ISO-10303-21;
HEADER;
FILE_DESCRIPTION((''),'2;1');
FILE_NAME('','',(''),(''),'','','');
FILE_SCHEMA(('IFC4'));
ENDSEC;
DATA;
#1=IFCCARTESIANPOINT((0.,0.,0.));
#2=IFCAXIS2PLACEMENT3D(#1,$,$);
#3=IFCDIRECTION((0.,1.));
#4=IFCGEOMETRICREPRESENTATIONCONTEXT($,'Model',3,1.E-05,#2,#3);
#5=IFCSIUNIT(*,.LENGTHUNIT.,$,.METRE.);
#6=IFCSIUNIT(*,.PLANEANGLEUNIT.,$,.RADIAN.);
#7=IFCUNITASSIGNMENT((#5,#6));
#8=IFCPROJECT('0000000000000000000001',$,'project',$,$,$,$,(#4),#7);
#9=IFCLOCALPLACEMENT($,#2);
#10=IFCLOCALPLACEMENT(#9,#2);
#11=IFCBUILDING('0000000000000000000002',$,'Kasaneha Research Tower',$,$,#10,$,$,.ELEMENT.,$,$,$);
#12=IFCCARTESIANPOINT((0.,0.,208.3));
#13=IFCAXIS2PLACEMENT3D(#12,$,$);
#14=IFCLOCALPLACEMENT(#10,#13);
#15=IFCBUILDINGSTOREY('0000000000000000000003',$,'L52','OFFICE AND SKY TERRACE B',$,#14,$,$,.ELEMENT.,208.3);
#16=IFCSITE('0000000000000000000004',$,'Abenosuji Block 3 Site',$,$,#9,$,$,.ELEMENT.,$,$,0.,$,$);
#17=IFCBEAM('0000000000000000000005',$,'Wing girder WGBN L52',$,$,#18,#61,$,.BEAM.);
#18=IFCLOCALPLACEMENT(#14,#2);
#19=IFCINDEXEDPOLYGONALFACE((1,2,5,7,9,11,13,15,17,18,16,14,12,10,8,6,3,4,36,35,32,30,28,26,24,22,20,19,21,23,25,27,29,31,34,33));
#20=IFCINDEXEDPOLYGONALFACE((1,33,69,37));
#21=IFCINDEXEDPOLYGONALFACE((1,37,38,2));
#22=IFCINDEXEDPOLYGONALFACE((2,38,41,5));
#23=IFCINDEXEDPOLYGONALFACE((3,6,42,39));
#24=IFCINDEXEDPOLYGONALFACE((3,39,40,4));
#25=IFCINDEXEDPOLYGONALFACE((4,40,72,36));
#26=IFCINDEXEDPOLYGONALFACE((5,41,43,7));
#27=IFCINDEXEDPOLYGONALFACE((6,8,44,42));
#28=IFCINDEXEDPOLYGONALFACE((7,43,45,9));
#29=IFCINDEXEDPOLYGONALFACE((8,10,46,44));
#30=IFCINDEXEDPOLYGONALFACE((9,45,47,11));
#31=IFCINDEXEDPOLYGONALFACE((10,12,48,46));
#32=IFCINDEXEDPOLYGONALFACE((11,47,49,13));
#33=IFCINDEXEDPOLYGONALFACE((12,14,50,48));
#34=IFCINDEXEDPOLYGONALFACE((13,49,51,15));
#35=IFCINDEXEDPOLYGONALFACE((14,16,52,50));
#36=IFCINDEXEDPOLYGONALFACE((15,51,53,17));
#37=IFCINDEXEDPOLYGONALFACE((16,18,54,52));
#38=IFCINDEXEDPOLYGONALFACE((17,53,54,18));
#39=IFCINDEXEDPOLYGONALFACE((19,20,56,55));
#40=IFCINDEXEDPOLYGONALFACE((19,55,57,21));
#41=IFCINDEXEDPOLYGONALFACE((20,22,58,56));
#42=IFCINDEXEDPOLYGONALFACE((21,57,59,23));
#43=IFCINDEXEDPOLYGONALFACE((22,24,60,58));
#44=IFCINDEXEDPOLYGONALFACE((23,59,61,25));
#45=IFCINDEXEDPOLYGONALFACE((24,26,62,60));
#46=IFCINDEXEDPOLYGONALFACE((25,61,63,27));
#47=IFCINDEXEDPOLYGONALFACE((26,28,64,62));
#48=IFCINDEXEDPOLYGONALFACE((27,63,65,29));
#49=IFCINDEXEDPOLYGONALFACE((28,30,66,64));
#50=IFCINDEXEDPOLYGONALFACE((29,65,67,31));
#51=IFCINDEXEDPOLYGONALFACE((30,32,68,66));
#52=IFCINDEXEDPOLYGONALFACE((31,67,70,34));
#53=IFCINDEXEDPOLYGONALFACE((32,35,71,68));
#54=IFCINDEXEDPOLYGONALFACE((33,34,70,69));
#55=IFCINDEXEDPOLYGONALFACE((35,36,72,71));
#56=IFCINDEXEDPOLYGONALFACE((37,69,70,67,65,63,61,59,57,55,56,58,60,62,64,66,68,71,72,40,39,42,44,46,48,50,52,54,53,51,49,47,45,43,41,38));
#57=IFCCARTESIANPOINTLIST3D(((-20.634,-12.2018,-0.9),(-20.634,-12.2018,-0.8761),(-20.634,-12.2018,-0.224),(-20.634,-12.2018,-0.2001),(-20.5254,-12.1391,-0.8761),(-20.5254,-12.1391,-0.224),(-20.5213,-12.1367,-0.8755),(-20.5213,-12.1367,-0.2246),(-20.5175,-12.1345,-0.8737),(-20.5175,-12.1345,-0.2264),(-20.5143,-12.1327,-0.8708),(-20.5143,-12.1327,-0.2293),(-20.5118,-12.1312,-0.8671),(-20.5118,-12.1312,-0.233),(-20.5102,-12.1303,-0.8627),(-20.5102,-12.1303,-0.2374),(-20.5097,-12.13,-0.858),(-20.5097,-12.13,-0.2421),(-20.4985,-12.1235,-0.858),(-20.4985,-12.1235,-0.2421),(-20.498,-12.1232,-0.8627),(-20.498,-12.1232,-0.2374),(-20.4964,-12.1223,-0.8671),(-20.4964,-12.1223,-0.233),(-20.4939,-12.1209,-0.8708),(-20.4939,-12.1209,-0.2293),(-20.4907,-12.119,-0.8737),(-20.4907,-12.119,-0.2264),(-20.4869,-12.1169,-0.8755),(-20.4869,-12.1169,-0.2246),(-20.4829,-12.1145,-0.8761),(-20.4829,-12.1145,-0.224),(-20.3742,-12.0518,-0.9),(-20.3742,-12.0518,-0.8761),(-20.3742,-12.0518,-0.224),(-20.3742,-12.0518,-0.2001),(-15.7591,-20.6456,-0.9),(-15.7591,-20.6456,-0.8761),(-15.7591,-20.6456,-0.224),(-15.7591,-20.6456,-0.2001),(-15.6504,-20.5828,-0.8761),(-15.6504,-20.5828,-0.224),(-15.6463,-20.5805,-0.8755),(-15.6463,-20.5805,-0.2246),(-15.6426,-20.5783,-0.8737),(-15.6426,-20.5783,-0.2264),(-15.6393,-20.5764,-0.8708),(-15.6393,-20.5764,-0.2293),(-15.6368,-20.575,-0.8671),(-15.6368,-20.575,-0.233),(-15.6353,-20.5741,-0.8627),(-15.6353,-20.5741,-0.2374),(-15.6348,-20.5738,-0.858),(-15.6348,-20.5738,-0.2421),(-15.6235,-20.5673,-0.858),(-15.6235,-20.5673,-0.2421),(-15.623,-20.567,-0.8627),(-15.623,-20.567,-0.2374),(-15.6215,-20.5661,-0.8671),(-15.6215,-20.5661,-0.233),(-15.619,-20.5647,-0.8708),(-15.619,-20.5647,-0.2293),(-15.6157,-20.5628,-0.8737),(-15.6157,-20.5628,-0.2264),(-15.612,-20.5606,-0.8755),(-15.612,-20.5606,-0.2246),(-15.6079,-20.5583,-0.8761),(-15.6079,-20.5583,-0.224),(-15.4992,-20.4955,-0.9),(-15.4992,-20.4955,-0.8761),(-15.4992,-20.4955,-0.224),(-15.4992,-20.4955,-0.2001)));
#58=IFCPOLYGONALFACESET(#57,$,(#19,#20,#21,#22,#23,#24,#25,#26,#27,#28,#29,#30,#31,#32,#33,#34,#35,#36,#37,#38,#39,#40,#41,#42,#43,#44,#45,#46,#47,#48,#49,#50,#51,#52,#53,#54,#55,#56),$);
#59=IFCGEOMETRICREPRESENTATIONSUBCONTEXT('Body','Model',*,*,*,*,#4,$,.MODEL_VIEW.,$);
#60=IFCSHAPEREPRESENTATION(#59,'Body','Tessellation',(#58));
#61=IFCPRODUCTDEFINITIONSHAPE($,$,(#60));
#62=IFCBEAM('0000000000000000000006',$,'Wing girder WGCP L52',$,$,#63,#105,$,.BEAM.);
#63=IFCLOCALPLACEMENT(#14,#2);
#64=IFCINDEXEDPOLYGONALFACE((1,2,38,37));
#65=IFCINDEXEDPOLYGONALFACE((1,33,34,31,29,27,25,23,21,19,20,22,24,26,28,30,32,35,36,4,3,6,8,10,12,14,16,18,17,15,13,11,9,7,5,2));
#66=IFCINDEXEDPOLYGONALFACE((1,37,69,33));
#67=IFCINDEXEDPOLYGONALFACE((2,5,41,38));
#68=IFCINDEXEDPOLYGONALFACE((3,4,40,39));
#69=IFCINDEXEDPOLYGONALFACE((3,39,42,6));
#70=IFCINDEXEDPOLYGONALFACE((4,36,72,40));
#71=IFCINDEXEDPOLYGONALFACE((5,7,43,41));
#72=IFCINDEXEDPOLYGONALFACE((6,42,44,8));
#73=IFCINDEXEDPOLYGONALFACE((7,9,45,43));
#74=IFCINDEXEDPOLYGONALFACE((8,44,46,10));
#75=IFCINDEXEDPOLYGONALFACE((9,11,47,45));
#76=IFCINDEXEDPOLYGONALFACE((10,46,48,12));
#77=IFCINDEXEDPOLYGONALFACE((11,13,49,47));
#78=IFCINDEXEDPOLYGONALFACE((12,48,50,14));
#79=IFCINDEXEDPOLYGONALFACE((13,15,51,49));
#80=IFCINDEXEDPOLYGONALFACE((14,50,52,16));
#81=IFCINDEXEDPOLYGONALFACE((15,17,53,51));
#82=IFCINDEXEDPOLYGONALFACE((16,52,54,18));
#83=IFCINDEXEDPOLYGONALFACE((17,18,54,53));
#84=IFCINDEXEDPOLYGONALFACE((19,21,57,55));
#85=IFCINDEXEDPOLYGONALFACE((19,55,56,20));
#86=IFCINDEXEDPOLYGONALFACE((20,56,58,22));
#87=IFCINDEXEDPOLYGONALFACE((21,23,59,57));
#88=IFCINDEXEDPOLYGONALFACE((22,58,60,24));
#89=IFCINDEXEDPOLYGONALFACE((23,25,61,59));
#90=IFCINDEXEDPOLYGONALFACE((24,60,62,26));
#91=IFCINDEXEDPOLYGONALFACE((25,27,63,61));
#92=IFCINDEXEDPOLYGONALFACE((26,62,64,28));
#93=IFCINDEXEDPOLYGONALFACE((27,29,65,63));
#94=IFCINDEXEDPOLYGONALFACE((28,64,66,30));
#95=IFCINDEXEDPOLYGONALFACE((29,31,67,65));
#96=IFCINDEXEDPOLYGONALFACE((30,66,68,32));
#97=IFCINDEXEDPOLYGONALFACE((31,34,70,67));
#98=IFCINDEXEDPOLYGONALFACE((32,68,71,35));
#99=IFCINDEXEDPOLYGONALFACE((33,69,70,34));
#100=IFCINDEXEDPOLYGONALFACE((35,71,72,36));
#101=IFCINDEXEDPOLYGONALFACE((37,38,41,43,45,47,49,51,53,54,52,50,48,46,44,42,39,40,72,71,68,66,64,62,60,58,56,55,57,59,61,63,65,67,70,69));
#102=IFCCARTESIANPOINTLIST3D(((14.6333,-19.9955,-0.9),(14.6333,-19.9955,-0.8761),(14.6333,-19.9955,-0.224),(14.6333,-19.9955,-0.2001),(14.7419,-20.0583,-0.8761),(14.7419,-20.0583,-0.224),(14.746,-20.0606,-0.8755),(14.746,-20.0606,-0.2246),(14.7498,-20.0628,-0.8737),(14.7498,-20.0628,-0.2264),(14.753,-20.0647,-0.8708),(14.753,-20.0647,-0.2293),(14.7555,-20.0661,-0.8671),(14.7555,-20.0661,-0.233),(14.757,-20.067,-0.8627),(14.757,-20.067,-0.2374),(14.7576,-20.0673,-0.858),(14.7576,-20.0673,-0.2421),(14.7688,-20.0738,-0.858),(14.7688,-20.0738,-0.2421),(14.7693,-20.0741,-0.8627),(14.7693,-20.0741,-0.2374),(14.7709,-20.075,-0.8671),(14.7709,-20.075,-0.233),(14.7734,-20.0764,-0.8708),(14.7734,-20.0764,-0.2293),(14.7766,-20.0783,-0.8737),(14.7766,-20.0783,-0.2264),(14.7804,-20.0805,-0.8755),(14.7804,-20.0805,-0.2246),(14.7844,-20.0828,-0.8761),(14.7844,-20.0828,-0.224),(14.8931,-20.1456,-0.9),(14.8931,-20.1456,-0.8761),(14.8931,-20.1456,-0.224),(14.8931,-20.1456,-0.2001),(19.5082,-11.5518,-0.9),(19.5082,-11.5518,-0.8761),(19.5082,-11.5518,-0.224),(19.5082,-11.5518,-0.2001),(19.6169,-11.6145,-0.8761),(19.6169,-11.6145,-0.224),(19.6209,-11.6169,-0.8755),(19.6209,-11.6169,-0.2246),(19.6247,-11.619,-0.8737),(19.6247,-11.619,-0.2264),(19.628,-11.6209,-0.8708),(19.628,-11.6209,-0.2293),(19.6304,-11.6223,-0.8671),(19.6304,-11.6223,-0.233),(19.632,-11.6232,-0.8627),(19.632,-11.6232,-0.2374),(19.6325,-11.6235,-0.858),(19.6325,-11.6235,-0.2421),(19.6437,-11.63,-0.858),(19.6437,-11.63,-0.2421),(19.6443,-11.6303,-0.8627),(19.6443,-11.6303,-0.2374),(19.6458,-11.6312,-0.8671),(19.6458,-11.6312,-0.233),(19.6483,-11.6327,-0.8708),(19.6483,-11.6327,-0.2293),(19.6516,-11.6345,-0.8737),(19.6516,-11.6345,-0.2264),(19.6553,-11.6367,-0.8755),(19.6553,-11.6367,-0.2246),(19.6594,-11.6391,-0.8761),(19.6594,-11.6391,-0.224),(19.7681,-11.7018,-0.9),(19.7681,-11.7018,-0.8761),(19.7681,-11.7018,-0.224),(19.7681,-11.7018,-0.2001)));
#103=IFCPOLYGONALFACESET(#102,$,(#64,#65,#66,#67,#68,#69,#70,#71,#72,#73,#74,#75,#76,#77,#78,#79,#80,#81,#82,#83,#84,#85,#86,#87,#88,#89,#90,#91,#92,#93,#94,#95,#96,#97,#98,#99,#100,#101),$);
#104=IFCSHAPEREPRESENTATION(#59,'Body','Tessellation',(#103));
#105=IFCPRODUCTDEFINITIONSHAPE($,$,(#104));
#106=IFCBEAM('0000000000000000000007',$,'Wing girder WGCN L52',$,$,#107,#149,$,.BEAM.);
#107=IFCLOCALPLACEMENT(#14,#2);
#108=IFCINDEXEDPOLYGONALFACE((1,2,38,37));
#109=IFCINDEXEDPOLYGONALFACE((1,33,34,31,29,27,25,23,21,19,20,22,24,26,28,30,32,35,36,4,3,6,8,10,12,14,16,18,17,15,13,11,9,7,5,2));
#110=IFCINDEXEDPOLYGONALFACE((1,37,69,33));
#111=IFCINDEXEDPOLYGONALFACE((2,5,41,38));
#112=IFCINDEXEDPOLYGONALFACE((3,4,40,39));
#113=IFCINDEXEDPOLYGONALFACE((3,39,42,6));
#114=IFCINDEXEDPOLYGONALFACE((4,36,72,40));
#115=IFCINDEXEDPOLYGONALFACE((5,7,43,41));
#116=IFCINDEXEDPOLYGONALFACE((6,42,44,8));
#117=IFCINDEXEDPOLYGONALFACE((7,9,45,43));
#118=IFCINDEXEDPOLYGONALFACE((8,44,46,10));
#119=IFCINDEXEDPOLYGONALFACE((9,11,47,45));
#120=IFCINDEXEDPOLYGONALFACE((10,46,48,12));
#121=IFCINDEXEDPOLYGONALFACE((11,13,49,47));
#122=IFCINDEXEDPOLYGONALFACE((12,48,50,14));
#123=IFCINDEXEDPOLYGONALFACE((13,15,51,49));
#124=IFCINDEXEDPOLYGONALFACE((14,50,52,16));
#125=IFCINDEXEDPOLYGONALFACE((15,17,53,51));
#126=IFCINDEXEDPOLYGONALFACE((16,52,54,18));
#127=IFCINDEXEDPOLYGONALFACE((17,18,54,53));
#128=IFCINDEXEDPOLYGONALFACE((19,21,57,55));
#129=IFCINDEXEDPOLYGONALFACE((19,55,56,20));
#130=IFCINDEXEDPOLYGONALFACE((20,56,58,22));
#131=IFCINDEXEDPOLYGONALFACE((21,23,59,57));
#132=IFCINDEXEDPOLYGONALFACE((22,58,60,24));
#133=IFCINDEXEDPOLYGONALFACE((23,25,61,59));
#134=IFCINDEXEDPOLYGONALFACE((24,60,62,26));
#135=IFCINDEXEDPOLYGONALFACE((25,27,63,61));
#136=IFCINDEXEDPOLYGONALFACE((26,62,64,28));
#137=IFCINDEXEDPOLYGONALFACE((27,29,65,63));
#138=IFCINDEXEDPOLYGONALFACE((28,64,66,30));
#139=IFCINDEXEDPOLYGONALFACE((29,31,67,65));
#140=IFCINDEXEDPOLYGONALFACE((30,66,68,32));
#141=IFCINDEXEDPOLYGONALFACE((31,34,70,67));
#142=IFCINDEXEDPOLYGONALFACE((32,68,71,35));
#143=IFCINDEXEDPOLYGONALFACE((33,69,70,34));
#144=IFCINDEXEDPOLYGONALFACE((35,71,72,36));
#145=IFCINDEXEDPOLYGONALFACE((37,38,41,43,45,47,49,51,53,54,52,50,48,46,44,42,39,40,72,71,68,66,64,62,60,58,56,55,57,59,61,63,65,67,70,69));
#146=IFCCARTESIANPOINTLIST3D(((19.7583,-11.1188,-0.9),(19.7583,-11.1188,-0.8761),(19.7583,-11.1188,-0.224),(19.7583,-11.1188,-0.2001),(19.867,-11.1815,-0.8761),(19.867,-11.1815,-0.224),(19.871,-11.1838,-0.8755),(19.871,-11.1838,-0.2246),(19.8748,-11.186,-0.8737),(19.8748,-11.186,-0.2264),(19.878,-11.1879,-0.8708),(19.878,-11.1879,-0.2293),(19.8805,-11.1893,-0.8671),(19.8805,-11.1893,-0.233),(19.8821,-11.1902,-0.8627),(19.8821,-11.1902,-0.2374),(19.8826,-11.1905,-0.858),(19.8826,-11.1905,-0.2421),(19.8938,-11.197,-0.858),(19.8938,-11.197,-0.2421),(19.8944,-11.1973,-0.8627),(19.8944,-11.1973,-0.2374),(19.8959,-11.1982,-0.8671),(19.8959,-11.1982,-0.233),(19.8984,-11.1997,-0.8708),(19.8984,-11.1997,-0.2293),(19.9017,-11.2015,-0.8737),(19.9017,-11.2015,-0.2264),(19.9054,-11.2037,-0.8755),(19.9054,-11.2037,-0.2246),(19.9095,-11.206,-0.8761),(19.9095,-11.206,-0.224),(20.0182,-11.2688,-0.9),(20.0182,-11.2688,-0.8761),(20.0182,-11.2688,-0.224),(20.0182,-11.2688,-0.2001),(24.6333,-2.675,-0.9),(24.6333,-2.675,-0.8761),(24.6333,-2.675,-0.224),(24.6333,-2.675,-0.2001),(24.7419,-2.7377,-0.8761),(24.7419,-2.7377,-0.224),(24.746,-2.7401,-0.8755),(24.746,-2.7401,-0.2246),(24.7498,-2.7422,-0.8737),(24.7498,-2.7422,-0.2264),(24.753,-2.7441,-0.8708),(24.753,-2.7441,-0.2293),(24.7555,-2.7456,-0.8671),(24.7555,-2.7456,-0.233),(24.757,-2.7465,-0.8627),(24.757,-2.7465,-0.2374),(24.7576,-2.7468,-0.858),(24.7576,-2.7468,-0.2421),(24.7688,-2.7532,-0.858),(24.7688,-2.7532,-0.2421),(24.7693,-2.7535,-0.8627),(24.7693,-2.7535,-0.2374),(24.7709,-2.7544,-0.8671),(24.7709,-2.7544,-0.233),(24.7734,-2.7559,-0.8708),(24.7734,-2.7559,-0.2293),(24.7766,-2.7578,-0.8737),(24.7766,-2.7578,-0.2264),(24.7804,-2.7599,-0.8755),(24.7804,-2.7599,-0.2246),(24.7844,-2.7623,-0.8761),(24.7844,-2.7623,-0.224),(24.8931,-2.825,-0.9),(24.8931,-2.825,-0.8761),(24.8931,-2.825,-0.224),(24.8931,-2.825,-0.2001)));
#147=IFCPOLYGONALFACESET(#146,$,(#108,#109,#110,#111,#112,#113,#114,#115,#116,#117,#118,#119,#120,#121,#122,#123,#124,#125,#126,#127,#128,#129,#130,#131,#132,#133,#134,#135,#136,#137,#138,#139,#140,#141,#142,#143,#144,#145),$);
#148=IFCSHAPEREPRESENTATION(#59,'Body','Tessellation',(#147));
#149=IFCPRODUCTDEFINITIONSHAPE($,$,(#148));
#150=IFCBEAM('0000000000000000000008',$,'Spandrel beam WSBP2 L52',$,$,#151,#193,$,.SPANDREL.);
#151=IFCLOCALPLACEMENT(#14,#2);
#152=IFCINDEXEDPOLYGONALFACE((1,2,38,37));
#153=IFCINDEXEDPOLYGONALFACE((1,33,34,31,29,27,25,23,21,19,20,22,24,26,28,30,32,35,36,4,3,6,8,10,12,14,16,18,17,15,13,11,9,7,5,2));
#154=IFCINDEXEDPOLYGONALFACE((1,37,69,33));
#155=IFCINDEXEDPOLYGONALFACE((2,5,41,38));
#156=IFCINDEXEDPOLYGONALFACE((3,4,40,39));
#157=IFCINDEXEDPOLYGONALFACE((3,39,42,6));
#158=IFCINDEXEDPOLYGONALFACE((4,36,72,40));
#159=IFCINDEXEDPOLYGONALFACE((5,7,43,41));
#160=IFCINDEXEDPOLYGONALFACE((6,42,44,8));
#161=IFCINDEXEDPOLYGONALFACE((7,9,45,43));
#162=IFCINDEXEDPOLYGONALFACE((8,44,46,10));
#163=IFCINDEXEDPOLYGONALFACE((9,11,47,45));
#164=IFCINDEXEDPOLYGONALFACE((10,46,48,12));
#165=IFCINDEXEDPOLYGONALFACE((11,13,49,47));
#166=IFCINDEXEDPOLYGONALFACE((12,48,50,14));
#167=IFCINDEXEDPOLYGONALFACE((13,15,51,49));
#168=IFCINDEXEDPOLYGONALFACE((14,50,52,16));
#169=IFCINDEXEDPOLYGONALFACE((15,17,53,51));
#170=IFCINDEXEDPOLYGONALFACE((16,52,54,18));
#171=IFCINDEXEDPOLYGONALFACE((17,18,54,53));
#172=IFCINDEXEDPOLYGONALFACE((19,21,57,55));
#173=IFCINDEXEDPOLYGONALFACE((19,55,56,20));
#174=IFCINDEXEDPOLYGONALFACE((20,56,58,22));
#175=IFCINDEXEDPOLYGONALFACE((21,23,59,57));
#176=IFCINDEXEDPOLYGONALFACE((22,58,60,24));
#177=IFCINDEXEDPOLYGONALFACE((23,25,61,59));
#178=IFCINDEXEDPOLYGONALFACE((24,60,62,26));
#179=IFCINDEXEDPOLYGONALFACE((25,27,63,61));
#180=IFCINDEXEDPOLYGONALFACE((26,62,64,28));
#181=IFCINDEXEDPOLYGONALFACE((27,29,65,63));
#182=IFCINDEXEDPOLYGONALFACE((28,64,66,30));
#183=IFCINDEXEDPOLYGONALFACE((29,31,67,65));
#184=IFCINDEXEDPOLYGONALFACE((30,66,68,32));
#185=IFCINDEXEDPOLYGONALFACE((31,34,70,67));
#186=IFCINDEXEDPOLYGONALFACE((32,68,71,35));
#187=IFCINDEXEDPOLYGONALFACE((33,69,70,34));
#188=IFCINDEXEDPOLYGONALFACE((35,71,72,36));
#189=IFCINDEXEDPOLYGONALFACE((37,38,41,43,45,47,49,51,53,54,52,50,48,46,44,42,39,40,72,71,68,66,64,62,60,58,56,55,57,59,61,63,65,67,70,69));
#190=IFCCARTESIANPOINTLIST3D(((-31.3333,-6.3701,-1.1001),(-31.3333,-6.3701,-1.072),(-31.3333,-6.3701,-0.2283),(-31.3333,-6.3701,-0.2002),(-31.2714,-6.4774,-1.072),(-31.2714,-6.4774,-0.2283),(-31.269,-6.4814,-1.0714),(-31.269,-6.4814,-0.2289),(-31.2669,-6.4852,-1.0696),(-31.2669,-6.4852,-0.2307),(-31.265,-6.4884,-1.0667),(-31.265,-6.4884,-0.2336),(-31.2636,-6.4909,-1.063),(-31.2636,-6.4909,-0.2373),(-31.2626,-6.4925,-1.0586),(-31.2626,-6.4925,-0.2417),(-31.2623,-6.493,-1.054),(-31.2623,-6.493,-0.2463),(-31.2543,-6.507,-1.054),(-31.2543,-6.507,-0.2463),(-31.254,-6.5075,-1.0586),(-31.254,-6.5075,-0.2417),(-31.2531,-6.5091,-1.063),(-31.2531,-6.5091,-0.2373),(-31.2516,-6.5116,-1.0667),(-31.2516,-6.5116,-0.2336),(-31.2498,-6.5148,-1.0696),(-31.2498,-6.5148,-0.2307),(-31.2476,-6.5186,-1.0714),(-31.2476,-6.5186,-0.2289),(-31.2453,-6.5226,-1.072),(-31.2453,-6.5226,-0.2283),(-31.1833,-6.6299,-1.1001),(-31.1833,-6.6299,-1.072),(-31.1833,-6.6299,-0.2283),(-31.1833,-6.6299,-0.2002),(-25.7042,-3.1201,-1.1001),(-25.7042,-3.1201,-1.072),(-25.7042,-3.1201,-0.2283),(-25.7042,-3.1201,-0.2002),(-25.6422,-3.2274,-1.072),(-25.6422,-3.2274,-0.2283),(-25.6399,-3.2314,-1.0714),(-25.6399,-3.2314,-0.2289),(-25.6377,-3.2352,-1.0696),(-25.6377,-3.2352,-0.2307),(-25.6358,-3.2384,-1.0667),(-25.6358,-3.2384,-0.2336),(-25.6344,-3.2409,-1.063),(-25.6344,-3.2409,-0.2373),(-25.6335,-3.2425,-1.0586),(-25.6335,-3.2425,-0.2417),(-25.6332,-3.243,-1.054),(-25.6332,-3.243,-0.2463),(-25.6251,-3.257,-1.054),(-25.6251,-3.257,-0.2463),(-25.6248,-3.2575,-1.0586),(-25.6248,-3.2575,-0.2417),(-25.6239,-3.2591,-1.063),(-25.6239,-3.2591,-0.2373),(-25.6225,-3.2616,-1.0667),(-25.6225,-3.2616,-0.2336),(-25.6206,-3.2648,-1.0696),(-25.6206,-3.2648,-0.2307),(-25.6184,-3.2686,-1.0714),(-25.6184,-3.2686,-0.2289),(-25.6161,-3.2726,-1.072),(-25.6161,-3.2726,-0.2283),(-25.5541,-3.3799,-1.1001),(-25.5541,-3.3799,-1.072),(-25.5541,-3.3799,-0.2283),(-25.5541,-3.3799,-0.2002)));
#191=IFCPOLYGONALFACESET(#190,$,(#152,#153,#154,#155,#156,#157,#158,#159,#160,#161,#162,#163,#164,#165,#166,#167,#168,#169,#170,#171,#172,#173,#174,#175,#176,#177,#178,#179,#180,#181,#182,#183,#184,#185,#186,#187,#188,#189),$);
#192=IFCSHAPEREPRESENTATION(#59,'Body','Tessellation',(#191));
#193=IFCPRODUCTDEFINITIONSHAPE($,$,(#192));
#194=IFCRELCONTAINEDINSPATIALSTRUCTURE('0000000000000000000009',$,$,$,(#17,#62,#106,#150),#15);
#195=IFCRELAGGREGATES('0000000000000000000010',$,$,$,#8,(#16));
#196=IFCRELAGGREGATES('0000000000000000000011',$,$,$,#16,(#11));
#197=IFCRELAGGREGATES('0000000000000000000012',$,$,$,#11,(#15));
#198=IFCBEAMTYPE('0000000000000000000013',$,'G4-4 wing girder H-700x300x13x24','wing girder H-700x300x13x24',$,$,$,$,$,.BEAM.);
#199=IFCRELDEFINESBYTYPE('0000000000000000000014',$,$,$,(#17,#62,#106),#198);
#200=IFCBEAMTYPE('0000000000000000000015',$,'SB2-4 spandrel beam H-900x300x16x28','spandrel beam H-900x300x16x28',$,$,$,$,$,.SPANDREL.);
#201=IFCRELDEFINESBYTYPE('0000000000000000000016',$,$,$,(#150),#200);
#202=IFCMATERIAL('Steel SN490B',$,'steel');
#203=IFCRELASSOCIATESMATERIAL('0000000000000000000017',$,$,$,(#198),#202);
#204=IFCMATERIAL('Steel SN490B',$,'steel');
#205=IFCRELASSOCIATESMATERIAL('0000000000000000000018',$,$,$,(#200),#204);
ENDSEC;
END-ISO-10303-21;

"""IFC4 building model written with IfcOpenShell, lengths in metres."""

from ifc_helpers import new_model, si_unit, direction, frame, origin, origin_2d, place, context, subcontext, project, spatial, i_section, extrude, material, material_profile, profile_set, type_object, element, save


model = new_model("IFC4")

# Units and contexts
model_context = context("Model", 3, precision=1e-05, world=origin(), true_north=direction((0.0, 1.0)))
body_context = subcontext(model_context, "Body", "Model", "MODEL_VIEW")
ifc_project = project(units=[si_unit("LENGTHUNIT", "METRE"), si_unit("PLANEANGLEUNIT", "RADIAN")], contexts=[model_context])

# Site, building, storey
site_placement = place(None, origin())
site = spatial("IfcSite", under=ifc_project, at=site_placement, Name="Abenosuji Block 3 Site", CompositionType="ELEMENT", RefElevation=0.0)
building_placement = place(site_placement, origin())
building = spatial("IfcBuilding", under=site, at=building_placement, Name="Kasaneha Research Tower", CompositionType="ELEMENT")
storey_placement = place(building_placement, frame((0.0, 0.0, 208.3)))
storey = spatial("IfcBuildingStorey", under=building, at=storey_placement, Name="L52", Description="OFFICE AND SKY TERRACE B", CompositionType="ELEMENT", Elevation=208.3)

# Beams
ifc_material_1 = material(Name="Steel SN490B", Category="steel")
ifc_material_profile_1 = material_profile(ifc_material_1, i_section(OverallWidth=0.3, OverallDepth=0.7, WebThickness=0.0129, FlangeThickness=0.0239, FilletRadius=0.0181, at=origin_2d()), Name="H-700x300x13x24")
ifc_profile_set_1 = profile_set([ifc_material_profile_1], Name="Steel SN490B")
beam_type_1 = type_object("IfcBeamType", Name="G4-4 wing girder H-700x300x13x24", Description="wing girder H-700x300x13x24", PredefinedType="BEAM", material=ifc_profile_set_1)
for number, where, z_axis, x_axis, name in (
    (1, (-15.6292, -20.5706, -0.55), (-0.499996, 0.866028, 0.0), (-0.866028, -0.499996, 0.0), "Wing girder WGBN L52"),
    (2, (14.7632, -20.0706, -0.55), (0.499996, 0.866028, 0.0), (-0.866028, 0.499996, 0.0), "Wing girder WGCP L52"),
    (3, (24.7632, -2.75, -0.55), (-0.499996, -0.866028, 0.0), (0.866028, -0.499996, 0.0), "Wing girder WGCN L52"),
):
    element("IfcBeam", number, at=place(storey_placement, frame(where, z_axis=z_axis, x_axis=x_axis)), inside=storey, type_object=beam_type_1, Name=name, PredefinedType="BEAM", context=body_context, shape_type="SweptSolid", body=[
        extrude(i_section(OverallWidth=0.3, OverallDepth=0.7, WebThickness=0.0129, FlangeThickness=0.0239, FilletRadius=0.0181, at=origin_2d()), origin(), (0.0, 0.0, 1.0), 9.75),
    ])
ifc_material_2 = material(Name="Steel SN490B", Category="steel")
ifc_material_profile_2 = material_profile(ifc_material_2, i_section(OverallWidth=0.3, OverallDepth=0.8999, WebThickness=0.0161, FlangeThickness=0.0281, FilletRadius=0.0181, at=origin_2d()), Name="H-900x300x16x28")
ifc_profile_set_2 = profile_set([ifc_material_profile_2], Name="Steel SN490B")
beam_type_2 = type_object("IfcBeamType", Name="SB2-4 spandrel beam H-900x300x16x28", Description="spandrel beam H-900x300x16x28", PredefinedType="SPANDREL", material=ifc_profile_set_2)
for number, where, z_axis, x_axis, name in (
    (4, (-25.6292, -3.25, -0.6501), (-0.866025, -0.500001, 0.0), (0.500001, -0.866025, 0.0), "Spandrel beam WSBP2 L52"),
):
    element("IfcBeam", number, at=place(storey_placement, frame(where, z_axis=z_axis, x_axis=x_axis)), inside=storey, type_object=beam_type_2, Name=name, PredefinedType="SPANDREL", context=body_context, shape_type="SweptSolid", body=[
        extrude(i_section(OverallWidth=0.3, OverallDepth=0.8999, WebThickness=0.0161, FlangeThickness=0.0281, FilletRadius=0.0181, at=origin_2d()), origin(), (0.0, 0.0, 1.0), 6.5),
    ])

save(model, "model.ifc")
